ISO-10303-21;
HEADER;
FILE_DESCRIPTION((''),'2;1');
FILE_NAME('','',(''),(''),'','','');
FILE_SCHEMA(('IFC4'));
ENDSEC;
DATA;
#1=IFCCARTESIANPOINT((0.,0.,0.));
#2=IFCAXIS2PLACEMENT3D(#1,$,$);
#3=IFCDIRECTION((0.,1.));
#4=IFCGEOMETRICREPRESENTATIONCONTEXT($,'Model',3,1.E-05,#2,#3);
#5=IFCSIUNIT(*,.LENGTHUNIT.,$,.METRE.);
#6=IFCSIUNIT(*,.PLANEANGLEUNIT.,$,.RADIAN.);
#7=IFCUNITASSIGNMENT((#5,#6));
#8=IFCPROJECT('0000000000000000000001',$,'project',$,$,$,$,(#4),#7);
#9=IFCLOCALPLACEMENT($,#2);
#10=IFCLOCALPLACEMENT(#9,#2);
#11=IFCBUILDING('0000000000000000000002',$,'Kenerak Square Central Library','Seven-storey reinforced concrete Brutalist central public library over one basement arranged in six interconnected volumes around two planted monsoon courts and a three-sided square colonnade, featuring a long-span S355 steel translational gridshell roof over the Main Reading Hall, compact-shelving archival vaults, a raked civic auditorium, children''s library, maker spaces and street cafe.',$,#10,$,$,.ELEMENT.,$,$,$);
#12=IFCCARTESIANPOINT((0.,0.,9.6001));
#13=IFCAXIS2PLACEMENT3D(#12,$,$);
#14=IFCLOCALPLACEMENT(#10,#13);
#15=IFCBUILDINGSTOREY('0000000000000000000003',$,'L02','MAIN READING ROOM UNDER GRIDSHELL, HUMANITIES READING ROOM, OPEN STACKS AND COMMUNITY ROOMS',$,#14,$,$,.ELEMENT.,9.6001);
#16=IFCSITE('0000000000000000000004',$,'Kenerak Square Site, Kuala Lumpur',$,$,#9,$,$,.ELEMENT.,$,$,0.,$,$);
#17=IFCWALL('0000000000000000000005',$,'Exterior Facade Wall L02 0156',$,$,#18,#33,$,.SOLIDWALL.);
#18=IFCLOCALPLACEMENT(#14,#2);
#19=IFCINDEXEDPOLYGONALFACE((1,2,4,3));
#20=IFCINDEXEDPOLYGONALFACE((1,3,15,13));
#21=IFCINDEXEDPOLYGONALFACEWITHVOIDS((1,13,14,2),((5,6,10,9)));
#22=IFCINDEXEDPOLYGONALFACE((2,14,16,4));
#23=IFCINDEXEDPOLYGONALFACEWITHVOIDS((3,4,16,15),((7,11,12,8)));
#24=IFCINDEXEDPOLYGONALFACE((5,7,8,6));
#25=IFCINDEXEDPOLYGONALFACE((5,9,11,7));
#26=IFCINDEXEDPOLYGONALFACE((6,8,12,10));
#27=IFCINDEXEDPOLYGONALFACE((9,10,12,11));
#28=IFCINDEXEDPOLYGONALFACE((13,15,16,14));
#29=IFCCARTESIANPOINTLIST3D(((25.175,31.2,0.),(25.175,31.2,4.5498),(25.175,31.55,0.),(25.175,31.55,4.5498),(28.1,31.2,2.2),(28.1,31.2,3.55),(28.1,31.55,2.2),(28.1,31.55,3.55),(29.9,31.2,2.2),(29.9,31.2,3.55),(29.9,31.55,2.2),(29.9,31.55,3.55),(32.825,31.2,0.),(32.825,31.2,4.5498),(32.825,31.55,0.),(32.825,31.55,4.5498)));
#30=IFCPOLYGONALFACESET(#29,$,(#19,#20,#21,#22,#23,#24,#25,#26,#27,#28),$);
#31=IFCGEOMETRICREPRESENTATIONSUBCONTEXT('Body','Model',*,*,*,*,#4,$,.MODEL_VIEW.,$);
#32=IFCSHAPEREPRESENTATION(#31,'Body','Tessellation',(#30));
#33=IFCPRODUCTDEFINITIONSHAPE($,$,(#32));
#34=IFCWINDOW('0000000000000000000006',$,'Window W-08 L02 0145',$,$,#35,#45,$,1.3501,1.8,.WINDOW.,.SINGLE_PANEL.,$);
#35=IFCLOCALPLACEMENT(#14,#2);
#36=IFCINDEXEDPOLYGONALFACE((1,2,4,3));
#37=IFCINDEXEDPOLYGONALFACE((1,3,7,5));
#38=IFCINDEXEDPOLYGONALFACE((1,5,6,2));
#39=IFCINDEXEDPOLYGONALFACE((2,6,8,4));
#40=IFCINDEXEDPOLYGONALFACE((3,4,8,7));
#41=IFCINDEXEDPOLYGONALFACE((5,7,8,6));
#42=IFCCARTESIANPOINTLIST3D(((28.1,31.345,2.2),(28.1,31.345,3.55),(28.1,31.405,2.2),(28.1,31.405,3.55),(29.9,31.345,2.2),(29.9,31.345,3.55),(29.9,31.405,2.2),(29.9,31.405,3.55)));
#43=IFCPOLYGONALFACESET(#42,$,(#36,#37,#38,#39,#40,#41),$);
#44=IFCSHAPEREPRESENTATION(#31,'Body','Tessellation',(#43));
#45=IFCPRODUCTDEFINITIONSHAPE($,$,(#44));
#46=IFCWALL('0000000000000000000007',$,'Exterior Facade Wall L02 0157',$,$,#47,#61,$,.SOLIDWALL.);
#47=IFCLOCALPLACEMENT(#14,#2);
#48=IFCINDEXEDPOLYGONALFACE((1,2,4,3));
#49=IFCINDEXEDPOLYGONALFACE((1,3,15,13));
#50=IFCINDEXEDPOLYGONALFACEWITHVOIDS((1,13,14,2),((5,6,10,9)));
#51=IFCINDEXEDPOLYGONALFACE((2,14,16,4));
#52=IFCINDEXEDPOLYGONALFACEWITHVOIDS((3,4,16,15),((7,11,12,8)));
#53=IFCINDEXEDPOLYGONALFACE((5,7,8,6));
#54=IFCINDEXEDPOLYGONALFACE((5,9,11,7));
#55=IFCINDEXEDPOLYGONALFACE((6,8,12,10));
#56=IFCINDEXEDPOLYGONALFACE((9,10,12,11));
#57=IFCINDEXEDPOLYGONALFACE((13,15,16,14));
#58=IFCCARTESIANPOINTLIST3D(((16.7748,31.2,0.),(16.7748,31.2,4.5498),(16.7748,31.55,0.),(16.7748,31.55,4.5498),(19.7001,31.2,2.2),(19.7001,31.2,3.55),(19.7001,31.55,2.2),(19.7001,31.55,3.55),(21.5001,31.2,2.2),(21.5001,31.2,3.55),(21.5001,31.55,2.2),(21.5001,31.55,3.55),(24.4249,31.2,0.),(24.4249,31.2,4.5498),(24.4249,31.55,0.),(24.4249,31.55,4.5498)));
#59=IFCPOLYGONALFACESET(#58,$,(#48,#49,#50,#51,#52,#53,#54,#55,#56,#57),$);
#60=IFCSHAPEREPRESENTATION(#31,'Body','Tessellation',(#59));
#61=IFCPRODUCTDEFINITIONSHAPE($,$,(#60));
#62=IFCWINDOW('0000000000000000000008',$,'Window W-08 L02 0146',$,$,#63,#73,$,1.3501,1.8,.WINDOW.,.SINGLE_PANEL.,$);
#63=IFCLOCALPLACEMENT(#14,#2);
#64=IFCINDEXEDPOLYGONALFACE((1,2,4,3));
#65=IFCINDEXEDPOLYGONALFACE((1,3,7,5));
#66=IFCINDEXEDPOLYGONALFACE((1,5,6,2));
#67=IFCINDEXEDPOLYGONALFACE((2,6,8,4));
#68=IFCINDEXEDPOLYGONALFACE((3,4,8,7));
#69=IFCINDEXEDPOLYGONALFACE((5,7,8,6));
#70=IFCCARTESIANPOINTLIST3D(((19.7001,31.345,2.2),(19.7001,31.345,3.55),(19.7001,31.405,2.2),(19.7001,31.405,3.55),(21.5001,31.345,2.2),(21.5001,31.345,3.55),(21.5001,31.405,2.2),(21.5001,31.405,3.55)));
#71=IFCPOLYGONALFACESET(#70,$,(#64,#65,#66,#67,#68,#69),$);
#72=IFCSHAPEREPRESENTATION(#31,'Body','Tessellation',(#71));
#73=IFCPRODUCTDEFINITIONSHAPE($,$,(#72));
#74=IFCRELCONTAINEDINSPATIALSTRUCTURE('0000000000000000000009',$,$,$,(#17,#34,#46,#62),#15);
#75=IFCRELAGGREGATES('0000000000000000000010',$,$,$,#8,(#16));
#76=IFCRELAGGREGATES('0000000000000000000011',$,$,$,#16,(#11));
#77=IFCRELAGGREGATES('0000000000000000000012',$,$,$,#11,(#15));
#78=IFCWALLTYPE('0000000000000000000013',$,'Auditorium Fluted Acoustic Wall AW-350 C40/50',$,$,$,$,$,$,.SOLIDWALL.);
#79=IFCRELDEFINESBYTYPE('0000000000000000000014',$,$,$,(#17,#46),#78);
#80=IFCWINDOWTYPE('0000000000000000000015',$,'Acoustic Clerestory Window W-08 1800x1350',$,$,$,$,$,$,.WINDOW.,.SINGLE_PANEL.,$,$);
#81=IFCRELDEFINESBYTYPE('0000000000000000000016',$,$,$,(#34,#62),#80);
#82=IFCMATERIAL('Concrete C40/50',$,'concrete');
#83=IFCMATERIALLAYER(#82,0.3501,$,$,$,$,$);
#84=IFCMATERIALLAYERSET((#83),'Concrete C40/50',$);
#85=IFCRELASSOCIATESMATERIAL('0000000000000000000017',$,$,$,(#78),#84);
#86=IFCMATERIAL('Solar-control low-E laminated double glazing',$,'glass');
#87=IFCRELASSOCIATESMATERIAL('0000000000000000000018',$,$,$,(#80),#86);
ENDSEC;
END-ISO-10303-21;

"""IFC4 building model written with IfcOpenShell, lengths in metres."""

from ifc_helpers import new_model, si_unit, direction, frame, frame_2d, origin, place, context, subcontext, project, spatial, rectangle, extrude, material, layer, layer_set, type_object, element, fill, save


model = new_model("IFC4")

# Units and contexts
model_context = context("Model", 3, precision=1e-05, world=origin(), true_north=direction((0.0, 1.0)))
body_context = subcontext(model_context, "Body", "Model", "MODEL_VIEW")
ifc_project = project(units=[si_unit("LENGTHUNIT", "METRE"), si_unit("PLANEANGLEUNIT", "RADIAN")], contexts=[model_context])

# Site, building, storey
site_placement = place(None, origin())
site = spatial("IfcSite", under=ifc_project, at=site_placement, Name="Kenerak Square Site, Kuala Lumpur", CompositionType="ELEMENT", RefElevation=0.0)
building_placement = place(site_placement, origin())
building = spatial("IfcBuilding", under=site, at=building_placement, Name="Kenerak Square Central Library", Description="Seven-storey reinforced concrete Brutalist central public library over one basement arranged in six interconnected volumes around two planted monsoon courts and a three-sided square colonnade, featuring a long-span S355 steel translational gridshell roof over the Main Reading Hall, compact-shelving archival vaults, a raked civic auditorium, children's library, maker spaces and street cafe.", CompositionType="ELEMENT")
storey_placement = place(building_placement, frame((0.0, 0.0, 9.6001)))
storey = spatial("IfcBuildingStorey", under=building, at=storey_placement, Name="L02", Description="MAIN READING ROOM UNDER GRIDSHELL, HUMANITIES READING ROOM, OPEN STACKS AND COMMUNITY ROOMS", CompositionType="ELEMENT", Elevation=9.6001)

# Shared definitions
ifc_material_1 = material(Name="Concrete C40/50", Category="concrete")

# Walls, openings, windows
ifc_layer_1 = layer(ifc_material_1, 0.3501)
ifc_layer_set_1 = layer_set([ifc_layer_1], Name="Concrete C40/50")
wall_type_1 = type_object("IfcWallType", Name="Auditorium Fluted Acoustic Wall AW-350 C40/50", PredefinedType="SOLIDWALL", material=ifc_layer_set_1)
wall_1_placement = place(storey_placement, frame((32.825, 31.375, 0.0), z_axis=(0.0, 0.0, 1.0), x_axis=(-1.0, 0.0, 0.0)))
wall_1 = element("IfcWall", 1, at=wall_1_placement, inside=storey, type_object=wall_type_1, Name="Exterior Facade Wall L02 0156", PredefinedType="SOLIDWALL", context=body_context, shape_type="SweptSolid", body=[
    extrude(rectangle(XDim=7.6499, YDim=0.3501, at=frame_2d((3.825, 0.0))), origin(), (0.0, 0.0, 1.0), 4.5498),
])
opening_1_placement = place(wall_1_placement, frame((2.925, 0.0, 2.2)))
opening_1 = element("IfcOpeningElement", 2, at=opening_1_placement, cuts=wall_1, PredefinedType="OPENING", context=body_context, shape_type="SweptSolid", body=[
    extrude(rectangle(XDim=1.8, YDim=1.3501, at=frame_2d((0.8999, 0.675))), frame((0.0, 0.1851, 0.0), z_axis=(0.0, -1.0, 0.0), x_axis=(1.0, 0.0, 0.0)), (0.0, 0.0, 1.0), 0.3701),
])
ifc_material_2 = material(Name="Solar-control low-E laminated double glazing", Category="glass")
window_type = type_object("IfcWindowType", Name="Acoustic Clerestory Window W-08 1800x1350", PartitioningType="SINGLE_PANEL", PredefinedType="WINDOW", material=ifc_material_2)
window_1_placement = place(opening_1_placement, origin())
window_1 = element("IfcWindow", 3, at=window_1_placement, inside=storey, type_object=window_type, Name="Window W-08 L02 0145", OverallHeight=1.3501, OverallWidth=1.8, PartitioningType="SINGLE_PANEL", PredefinedType="WINDOW", context=body_context, shape_type="SweptSolid", body=[
    extrude(rectangle(XDim=1.8, YDim=1.3501, at=frame_2d((0.8999, 0.675))), frame((0.0, 0.03, 0.0), z_axis=(0.0, -1.0, 0.0), x_axis=(1.0, 0.0, 0.0)), (0.0, 0.0, 1.0), 0.0601),
])
fill(opening_1, window_1)
wall_2_placement = place(storey_placement, frame((24.425, 31.375, 0.0), z_axis=(0.0, 0.0, 1.0), x_axis=(-1.0, 0.0, 0.0)))
wall_2 = element("IfcWall", 4, at=wall_2_placement, inside=storey, type_object=wall_type_1, Name="Exterior Facade Wall L02 0157", PredefinedType="SOLIDWALL", context=body_context, shape_type="SweptSolid", body=[
    extrude(rectangle(XDim=7.6501, YDim=0.3501, at=frame_2d((3.8252, 0.0))), origin(), (0.0, 0.0, 1.0), 4.5498),
])
opening_2_placement = place(wall_2_placement, frame((2.925, 0.0, 2.2)))
opening_2 = element("IfcOpeningElement", 5, at=opening_2_placement, cuts=wall_2, PredefinedType="OPENING", context=body_context, shape_type="SweptSolid", body=[
    extrude(rectangle(XDim=1.8, YDim=1.3501, at=frame_2d((0.8999, 0.675))), frame((0.0, 0.1851, 0.0), z_axis=(0.0, -1.0, 0.0), x_axis=(1.0, 0.0, 0.0)), (0.0, 0.0, 1.0), 0.3701),
])
window_2_placement = place(opening_2_placement, origin())
window_2 = element("IfcWindow", 6, at=window_2_placement, inside=storey, type_object=window_type, Name="Window W-08 L02 0146", OverallHeight=1.3501, OverallWidth=1.8, PartitioningType="SINGLE_PANEL", PredefinedType="WINDOW", context=body_context, shape_type="SweptSolid", body=[
    extrude(rectangle(XDim=1.8, YDim=1.3501, at=frame_2d((0.8999, 0.675))), frame((0.0, 0.03, 0.0), z_axis=(0.0, -1.0, 0.0), x_axis=(1.0, 0.0, 0.0)), (0.0, 0.0, 1.0), 0.0601),
])
fill(opening_2, window_2)

save(model, "model.ifc")
